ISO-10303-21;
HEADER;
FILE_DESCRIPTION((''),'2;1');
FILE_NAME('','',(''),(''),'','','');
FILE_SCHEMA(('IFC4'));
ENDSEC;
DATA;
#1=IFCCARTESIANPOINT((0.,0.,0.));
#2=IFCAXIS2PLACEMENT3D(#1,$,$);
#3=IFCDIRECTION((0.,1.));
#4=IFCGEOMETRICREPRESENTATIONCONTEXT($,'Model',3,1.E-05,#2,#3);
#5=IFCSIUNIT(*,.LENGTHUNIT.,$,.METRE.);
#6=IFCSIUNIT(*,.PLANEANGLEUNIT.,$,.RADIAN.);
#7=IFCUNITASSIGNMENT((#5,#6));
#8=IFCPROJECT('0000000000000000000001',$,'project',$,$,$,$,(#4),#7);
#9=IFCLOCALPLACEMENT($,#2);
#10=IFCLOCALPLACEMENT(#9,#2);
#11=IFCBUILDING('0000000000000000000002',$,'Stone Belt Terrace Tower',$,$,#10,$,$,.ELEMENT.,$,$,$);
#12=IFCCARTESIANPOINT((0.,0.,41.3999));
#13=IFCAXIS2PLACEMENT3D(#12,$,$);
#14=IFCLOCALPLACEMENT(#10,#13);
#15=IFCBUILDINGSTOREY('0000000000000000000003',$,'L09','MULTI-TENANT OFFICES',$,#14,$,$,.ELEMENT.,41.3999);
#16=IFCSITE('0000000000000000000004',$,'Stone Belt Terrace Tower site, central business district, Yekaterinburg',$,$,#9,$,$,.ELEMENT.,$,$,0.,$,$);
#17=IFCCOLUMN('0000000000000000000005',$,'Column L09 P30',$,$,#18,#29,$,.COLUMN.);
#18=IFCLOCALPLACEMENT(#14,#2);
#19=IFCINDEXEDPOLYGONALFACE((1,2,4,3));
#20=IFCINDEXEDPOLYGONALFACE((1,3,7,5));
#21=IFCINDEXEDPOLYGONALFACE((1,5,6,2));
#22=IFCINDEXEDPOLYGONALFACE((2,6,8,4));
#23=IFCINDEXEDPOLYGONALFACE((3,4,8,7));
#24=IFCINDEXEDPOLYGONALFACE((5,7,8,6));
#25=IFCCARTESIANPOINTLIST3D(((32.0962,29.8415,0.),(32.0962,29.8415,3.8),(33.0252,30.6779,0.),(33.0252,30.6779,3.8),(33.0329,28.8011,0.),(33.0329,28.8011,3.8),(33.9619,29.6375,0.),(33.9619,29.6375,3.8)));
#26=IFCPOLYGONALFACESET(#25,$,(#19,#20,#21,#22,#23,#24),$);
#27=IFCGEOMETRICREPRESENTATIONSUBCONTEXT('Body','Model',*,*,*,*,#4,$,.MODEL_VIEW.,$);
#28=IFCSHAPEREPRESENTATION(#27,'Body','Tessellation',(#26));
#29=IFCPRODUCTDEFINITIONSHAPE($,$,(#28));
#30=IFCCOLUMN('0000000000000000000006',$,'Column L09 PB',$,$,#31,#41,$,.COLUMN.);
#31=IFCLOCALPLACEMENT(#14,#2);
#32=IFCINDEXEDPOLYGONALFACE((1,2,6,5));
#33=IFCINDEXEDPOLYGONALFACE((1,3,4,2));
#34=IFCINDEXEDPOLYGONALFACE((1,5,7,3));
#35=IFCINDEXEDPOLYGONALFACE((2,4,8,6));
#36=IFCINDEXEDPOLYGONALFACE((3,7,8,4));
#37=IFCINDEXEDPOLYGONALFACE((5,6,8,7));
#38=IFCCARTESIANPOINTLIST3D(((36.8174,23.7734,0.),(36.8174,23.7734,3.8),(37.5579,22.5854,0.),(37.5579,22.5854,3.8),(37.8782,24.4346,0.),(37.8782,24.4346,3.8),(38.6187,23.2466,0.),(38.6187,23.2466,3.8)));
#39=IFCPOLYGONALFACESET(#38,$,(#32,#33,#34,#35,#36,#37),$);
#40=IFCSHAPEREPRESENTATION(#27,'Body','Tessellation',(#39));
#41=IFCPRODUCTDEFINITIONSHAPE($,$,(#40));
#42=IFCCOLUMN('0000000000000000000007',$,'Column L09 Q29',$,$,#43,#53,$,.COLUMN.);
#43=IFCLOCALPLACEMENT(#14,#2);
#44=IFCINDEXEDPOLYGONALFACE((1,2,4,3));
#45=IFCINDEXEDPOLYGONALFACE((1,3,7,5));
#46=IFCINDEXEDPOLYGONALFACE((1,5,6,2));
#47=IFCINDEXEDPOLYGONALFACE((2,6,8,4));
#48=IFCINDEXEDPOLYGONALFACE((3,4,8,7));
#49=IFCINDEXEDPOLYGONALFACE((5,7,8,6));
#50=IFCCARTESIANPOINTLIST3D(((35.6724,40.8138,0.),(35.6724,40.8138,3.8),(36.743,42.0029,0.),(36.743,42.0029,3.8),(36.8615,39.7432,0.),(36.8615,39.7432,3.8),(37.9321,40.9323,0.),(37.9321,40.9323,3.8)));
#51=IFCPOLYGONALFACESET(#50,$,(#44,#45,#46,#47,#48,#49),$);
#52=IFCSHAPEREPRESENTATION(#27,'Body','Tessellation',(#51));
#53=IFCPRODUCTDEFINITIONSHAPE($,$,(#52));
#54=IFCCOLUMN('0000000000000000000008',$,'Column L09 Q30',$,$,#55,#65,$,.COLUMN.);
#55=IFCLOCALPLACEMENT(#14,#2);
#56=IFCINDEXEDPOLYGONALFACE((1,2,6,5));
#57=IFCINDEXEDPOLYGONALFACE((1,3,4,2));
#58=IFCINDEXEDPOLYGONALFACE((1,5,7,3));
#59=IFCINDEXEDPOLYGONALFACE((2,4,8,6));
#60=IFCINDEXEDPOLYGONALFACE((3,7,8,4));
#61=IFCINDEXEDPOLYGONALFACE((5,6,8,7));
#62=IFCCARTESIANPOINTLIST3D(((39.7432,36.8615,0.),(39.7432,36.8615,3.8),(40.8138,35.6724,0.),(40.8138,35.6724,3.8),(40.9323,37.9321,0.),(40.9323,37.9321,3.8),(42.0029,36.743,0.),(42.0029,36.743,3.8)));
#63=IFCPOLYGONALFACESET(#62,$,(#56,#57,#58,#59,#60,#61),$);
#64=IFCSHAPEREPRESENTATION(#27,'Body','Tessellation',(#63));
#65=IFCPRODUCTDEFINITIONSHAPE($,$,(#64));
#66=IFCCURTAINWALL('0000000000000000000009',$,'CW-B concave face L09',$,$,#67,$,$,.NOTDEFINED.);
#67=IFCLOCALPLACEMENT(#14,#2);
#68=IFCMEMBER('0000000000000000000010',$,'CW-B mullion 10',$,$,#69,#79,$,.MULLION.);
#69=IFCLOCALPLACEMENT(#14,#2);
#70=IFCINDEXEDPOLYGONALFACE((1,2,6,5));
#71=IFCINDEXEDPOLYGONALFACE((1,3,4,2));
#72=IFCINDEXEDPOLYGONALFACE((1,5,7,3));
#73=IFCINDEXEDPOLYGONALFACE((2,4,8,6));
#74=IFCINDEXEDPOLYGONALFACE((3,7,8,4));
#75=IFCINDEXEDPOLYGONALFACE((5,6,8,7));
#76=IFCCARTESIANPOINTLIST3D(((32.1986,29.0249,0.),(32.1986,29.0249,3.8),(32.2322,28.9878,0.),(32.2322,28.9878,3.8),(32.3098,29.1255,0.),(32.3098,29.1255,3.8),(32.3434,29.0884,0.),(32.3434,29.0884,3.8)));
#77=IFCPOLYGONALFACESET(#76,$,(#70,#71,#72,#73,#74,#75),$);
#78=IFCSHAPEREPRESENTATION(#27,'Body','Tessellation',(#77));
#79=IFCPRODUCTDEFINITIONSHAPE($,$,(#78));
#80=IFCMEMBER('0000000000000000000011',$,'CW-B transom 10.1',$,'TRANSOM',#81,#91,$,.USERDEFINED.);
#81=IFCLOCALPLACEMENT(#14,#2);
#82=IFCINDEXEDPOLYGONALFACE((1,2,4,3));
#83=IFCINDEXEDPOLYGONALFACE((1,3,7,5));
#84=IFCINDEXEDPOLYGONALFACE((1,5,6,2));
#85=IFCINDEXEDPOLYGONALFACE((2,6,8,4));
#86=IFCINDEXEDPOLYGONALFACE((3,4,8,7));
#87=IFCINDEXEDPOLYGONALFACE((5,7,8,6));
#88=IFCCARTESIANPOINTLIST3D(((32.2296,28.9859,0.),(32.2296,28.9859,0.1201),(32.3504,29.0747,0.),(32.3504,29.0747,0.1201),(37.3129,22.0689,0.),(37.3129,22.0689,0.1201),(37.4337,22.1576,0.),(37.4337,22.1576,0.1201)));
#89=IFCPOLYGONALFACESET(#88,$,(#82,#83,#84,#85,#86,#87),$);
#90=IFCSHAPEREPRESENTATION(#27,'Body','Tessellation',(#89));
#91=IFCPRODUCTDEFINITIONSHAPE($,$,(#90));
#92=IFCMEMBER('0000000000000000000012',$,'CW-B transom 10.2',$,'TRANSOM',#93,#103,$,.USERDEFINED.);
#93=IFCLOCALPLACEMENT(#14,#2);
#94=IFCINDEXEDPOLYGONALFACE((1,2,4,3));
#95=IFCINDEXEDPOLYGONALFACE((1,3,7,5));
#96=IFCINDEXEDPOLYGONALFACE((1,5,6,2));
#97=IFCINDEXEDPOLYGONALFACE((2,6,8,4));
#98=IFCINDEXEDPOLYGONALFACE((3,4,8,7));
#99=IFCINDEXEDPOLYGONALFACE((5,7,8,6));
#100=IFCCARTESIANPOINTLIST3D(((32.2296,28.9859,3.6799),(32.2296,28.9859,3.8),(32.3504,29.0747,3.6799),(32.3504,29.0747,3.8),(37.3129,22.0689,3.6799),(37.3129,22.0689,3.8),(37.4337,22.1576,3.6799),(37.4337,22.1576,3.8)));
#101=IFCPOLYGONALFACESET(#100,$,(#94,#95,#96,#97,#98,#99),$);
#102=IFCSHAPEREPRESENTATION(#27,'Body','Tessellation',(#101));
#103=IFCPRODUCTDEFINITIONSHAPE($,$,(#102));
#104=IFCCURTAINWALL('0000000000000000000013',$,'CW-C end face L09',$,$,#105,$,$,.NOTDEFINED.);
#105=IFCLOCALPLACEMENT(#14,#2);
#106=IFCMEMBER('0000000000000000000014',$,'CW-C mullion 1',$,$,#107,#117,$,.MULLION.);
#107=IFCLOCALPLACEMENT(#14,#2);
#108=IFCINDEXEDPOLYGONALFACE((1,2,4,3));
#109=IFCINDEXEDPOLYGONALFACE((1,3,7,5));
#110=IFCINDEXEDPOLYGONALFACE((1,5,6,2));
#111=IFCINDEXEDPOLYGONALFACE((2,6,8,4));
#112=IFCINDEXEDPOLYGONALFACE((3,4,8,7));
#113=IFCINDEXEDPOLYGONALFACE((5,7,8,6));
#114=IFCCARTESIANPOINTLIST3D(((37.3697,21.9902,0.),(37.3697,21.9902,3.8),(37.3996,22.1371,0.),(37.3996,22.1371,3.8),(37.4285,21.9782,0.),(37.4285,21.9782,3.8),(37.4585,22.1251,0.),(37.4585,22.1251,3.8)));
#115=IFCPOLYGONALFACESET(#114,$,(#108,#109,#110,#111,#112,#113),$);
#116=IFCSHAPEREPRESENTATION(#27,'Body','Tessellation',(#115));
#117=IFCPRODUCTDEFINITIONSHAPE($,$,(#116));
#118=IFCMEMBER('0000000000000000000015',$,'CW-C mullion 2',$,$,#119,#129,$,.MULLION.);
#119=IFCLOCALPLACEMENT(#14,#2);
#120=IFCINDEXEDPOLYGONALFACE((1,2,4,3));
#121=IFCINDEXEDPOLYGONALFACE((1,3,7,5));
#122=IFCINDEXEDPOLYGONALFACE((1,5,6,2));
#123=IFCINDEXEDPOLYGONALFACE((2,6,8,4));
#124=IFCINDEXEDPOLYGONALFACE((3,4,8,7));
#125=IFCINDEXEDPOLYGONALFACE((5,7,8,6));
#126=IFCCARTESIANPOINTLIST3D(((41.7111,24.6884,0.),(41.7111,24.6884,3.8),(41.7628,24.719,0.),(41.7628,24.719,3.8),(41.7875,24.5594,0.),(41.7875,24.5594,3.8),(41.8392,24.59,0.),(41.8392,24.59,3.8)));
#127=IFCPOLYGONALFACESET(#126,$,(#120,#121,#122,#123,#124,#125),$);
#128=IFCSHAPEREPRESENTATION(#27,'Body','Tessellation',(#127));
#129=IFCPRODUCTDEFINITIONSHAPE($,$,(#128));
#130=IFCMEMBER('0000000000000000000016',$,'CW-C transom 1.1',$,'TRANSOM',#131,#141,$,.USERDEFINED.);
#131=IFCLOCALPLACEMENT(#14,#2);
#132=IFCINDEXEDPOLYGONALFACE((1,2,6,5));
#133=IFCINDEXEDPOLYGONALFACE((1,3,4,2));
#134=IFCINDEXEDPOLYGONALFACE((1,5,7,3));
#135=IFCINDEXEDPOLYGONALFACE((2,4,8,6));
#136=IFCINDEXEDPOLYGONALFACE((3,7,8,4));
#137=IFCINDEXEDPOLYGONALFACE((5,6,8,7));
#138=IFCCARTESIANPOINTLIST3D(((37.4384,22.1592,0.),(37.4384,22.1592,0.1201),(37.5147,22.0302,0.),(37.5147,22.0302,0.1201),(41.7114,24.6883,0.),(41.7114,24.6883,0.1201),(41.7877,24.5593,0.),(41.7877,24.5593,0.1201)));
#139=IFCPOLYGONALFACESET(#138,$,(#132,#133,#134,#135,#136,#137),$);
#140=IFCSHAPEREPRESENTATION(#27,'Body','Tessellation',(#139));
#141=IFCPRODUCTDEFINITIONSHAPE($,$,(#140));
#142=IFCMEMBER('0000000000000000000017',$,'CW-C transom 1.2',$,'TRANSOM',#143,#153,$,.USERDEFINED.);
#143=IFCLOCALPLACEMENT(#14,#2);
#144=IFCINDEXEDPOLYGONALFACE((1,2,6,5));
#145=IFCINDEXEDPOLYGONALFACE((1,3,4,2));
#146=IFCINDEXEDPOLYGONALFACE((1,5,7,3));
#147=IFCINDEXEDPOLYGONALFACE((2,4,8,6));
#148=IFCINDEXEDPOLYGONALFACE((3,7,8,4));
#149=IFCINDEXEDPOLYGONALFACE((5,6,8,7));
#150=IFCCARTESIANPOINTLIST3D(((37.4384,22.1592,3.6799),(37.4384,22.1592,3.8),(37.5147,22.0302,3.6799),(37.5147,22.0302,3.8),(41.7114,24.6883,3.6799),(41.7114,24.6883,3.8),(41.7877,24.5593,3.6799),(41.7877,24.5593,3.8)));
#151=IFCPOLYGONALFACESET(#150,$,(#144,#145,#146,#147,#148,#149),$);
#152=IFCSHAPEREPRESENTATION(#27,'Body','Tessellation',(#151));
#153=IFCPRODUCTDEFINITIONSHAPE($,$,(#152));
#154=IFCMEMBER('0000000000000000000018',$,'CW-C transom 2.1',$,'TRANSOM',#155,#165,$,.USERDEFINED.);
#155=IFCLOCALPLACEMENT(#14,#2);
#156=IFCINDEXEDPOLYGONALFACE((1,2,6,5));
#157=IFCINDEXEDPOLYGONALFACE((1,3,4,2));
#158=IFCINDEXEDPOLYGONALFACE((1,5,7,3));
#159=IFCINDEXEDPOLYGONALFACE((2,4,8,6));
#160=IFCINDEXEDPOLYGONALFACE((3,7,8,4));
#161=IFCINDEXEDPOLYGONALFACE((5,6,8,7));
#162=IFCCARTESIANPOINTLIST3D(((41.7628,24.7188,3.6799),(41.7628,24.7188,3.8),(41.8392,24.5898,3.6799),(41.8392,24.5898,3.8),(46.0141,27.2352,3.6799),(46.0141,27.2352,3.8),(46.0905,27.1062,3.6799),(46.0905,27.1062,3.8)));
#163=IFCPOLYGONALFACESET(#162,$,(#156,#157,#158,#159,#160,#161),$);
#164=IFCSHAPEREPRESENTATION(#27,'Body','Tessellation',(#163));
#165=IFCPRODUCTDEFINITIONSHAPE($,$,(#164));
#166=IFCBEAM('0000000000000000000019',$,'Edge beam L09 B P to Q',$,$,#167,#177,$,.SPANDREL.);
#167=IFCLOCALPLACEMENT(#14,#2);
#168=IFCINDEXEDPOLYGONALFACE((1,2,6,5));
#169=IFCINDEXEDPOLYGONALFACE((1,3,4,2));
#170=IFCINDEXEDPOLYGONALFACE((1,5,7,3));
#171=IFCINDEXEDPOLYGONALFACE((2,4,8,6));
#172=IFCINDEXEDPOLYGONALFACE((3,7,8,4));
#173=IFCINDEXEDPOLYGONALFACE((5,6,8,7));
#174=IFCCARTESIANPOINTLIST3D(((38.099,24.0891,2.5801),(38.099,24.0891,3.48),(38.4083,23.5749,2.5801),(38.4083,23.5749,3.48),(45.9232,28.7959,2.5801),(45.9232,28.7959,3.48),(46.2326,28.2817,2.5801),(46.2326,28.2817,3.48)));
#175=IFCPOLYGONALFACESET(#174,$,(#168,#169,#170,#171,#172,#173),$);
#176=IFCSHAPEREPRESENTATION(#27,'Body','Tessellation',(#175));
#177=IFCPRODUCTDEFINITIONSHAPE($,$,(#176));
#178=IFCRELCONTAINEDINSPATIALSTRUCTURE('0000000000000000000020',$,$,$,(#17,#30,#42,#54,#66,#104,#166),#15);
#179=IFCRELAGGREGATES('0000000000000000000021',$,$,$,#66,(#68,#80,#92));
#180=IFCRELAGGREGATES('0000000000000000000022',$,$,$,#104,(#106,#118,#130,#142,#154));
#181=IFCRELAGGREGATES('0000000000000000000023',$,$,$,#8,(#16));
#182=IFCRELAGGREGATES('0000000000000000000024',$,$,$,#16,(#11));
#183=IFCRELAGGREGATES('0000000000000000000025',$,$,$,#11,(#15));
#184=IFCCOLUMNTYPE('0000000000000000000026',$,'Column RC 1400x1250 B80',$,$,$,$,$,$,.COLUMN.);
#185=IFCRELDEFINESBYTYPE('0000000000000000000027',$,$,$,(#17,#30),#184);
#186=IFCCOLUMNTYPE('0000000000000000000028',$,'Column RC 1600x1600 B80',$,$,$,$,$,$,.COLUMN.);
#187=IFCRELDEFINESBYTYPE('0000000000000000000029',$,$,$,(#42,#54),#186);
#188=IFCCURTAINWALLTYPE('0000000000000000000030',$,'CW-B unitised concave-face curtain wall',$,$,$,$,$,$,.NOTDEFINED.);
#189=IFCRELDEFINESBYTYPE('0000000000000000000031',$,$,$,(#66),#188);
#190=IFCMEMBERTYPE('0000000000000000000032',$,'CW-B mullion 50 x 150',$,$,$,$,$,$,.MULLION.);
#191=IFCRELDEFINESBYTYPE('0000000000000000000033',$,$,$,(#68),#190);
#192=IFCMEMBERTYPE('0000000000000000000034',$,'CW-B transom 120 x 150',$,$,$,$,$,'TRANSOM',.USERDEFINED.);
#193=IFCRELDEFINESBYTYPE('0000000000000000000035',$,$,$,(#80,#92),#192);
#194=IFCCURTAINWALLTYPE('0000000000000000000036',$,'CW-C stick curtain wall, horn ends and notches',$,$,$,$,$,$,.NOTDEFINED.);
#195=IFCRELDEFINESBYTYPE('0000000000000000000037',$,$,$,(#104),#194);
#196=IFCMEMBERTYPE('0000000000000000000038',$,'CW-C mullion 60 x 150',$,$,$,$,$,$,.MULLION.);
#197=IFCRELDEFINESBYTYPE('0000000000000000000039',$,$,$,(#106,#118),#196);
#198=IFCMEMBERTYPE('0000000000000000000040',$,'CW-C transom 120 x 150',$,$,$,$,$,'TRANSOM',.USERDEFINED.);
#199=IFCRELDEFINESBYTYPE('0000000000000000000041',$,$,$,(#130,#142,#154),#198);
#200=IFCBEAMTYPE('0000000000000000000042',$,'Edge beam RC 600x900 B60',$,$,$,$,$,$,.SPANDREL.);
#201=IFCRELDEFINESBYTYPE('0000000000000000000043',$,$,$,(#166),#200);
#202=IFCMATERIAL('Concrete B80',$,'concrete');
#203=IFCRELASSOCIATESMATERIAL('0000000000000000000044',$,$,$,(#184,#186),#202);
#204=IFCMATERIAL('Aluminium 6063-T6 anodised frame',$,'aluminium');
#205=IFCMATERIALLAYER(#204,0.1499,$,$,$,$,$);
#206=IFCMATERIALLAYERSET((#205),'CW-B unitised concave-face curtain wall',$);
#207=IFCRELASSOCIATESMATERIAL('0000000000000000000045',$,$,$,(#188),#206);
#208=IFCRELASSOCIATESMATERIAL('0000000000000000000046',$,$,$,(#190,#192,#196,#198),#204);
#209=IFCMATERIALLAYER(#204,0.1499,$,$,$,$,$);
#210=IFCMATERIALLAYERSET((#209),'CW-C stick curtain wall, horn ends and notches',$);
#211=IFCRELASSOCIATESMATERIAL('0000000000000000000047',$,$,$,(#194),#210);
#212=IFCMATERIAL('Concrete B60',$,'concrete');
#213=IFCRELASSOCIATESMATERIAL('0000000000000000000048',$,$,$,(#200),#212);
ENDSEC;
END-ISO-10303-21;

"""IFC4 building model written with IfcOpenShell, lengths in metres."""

from ifc_helpers import new_model, si_unit, direction, frame, origin, origin_2d, place, context, subcontext, project, spatial, rectangle, extrude, material, layer, layer_set, material_profile, profile_set, type_object, element, aggregate, save


model = new_model("IFC4")

# Units and contexts
model_context = context("Model", 3, precision=1e-05, world=origin(), true_north=direction((0.0, 1.0)))
body_context = subcontext(model_context, "Body", "Model", "MODEL_VIEW")
ifc_project = project(units=[si_unit("LENGTHUNIT", "METRE"), si_unit("PLANEANGLEUNIT", "RADIAN")], contexts=[model_context])

# Site, building, storey
site_placement = place(None, origin())
site = spatial("IfcSite", under=ifc_project, at=site_placement, Name="Stone Belt Terrace Tower site, central business district, Yekaterinburg", CompositionType="ELEMENT", RefElevation=0.0)
building_placement = place(site_placement, origin())
building = spatial("IfcBuilding", under=site, at=building_placement, Name="Stone Belt Terrace Tower", CompositionType="ELEMENT")
storey_placement = place(building_placement, frame((0.0, 0.0, 41.3999)))
storey = spatial("IfcBuildingStorey", under=building, at=storey_placement, Name="L09", Description="MULTI-TENANT OFFICES", CompositionType="ELEMENT", Elevation=41.3999)

# Columns
ifc_material_1 = material(Name="Concrete B80", Category="concrete")
ifc_material_profile_1 = material_profile(ifc_material_1, rectangle(XDim=1.3999, YDim=1.25, at=origin_2d()), Name="RC 1400x1250")
ifc_profile_set_1 = profile_set([ifc_material_profile_1], Name="Concrete B80")
column_type_1 = type_object("IfcColumnType", Name="Column RC 1400x1250 B80", PredefinedType="COLUMN", material=ifc_profile_set_1)
for number, where, z_axis, x_axis, name in (
    (1, (33.0291, 29.7395, 0.0), (0.0, 0.0, 1.0), (0.669131, -0.743145, 0.0), "Column L09 P30"),
    (2, (37.718, 23.51, 0.0), (0.0, 0.0, 1.0), (0.528967, -0.848642, 0.0), "Column L09 PB"),
):
    element("IfcColumn", number, at=place(storey_placement, frame(where, z_axis=z_axis, x_axis=x_axis)), inside=storey, type_object=column_type_1, Name=name, PredefinedType="COLUMN", context=body_context, shape_type="SweptSolid", body=[
        extrude(rectangle(XDim=1.3999, YDim=1.25, at=origin_2d()), origin(), (0.0, 0.0, 1.0), 3.8),
    ])
ifc_material_profile_2 = material_profile(ifc_material_1, rectangle(XDim=1.6001, YDim=1.6001, at=origin_2d()), Name="RC 1600x1600")
ifc_profile_set_2 = profile_set([ifc_material_profile_2], Name="Concrete B80")
column_type_2 = type_object("IfcColumnType", Name="Column RC 1600x1600 B80", PredefinedType="COLUMN", material=ifc_profile_set_2)
for number, where, z_axis, x_axis, name in (
    (3, (36.8022, 40.873, 0.0), (0.0, 0.0, 1.0), (0.743145, -0.669131, 0.0), "Column L09 Q29"),
    (4, (40.873, 36.8022, 0.0), (0.0, 0.0, 1.0), (0.669131, -0.743145, 0.0), "Column L09 Q30"),
):
    element("IfcColumn", number, at=place(storey_placement, frame(where, z_axis=z_axis, x_axis=x_axis)), inside=storey, type_object=column_type_2, Name=name, PredefinedType="COLUMN", context=body_context, shape_type="SweptSolid", body=[
        extrude(rectangle(XDim=1.6001, YDim=1.6001, at=origin_2d()), origin(), (0.0, 0.0, 1.0), 3.8),
    ])

# Curtain walls, members
ifc_material_2 = material(Name="Aluminium 6063-T6 anodised frame", Category="aluminium")
ifc_layer_1 = layer(ifc_material_2, 0.1499)
ifc_layer_set_1 = layer_set([ifc_layer_1], Name="CW-B unitised concave-face curtain wall")
curtain_wall_type_1 = type_object("IfcCurtainWallType", Name="CW-B unitised concave-face curtain wall", PredefinedType="NOTDEFINED", material=ifc_layer_set_1)
curtain_wall_1_placement = place(storey_placement, origin())
curtain_wall_1 = element("IfcCurtainWall", 5, at=curtain_wall_1_placement, inside=storey, type_object=curtain_wall_type_1, Name="CW-B concave face L09", PredefinedType="NOTDEFINED")
ifc_material_profile_3 = material_profile(ifc_material_2, rectangle(XDim=0.1499, YDim=0.05, at=origin_2d()), Name="Aluminium 6063-T6 50x150")
ifc_profile_set_3 = profile_set([ifc_material_profile_3], Name="Aluminium 6063-T6 anodised frame")
member_type_1 = type_object("IfcMemberType", Name="CW-B mullion 50 x 150", PredefinedType="MULLION", material=ifc_profile_set_3)
member_1_placement = place(storey_placement, frame((32.271, 29.0566, 0.0), z_axis=(0.0, 0.0, 1.0), x_axis=(0.74133, 0.671141, 0.0)))
member_1 = element("IfcMember", 6, at=member_1_placement, type_object=member_type_1, Name="CW-B mullion 10", PredefinedType="MULLION", context=body_context, shape_type="SweptSolid", body=[
    extrude(rectangle(XDim=0.1499, YDim=0.05, at=origin_2d()), origin(), (0.0, 0.0, 1.0), 3.8),
])
ifc_material_profile_4 = material_profile(ifc_material_2, rectangle(XDim=0.1499, YDim=0.1201, at=origin_2d()), Name="Aluminium 6063-T6 150x120")
ifc_profile_set_4 = profile_set([ifc_material_profile_4], Name="Aluminium 6063-T6 anodised frame")
member_type_2 = type_object("IfcMemberType", Name="CW-B transom 120 x 150", ElementType="TRANSOM", PredefinedType="USERDEFINED", material=ifc_profile_set_4)
member_2_placement = place(storey_placement, frame((32.29, 29.0303, 0.0601), z_axis=(0.592181, -0.805805, 0.0), x_axis=(0.805805, 0.592181, 0.0)))
member_2 = element("IfcMember", 7, at=member_2_placement, type_object=member_type_2, Name="CW-B transom 10.1", ObjectType="TRANSOM", PredefinedType="USERDEFINED", context=body_context, shape_type="SweptSolid", body=[
    extrude(rectangle(XDim=0.1499, YDim=0.1201, at=origin_2d()), origin(), (0.0, 0.0, 1.0), 8.584),
])
member_3_placement = place(storey_placement, frame((32.29, 29.0303, 3.74), z_axis=(0.592181, -0.805805, 0.0), x_axis=(0.805805, 0.592181, 0.0)))
member_3 = element("IfcMember", 8, at=member_3_placement, type_object=member_type_2, Name="CW-B transom 10.2", ObjectType="TRANSOM", PredefinedType="USERDEFINED", context=body_context, shape_type="SweptSolid", body=[
    extrude(rectangle(XDim=0.1499, YDim=0.1201, at=origin_2d()), origin(), (0.0, 0.0, 1.0), 8.584),
])
ifc_layer_2 = layer(ifc_material_2, 0.1499)
ifc_layer_set_2 = layer_set([ifc_layer_2], Name="CW-C stick curtain wall, horn ends and notches")
curtain_wall_type_2 = type_object("IfcCurtainWallType", Name="CW-C stick curtain wall, horn ends and notches", PredefinedType="NOTDEFINED", material=ifc_layer_set_2)
curtain_wall_2_placement = place(storey_placement, origin())
curtain_wall_2 = element("IfcCurtainWall", 9, at=curtain_wall_2_placement, inside=storey, type_object=curtain_wall_type_2, Name="CW-C end face L09", PredefinedType="NOTDEFINED")
ifc_material_profile_5 = material_profile(ifc_material_2, rectangle(XDim=0.1499, YDim=0.0601, at=origin_2d()), Name="Aluminium 6063-T6 60x150")
ifc_profile_set_5 = profile_set([ifc_material_profile_5], Name="Aluminium 6063-T6 anodised frame")
member_type_3 = type_object("IfcMemberType", Name="CW-C mullion 60 x 150", PredefinedType="MULLION", material=ifc_profile_set_5)
member_4_placement = place(storey_placement, frame((37.4141, 22.0576, 0.0), z_axis=(0.0, 0.0, 1.0), x_axis=(0.199957, 0.979805, 0.0)))
member_4 = element("IfcMember", 10, at=member_4_placement, type_object=member_type_3, Name="CW-C mullion 1", PredefinedType="MULLION", context=body_context, shape_type="SweptSolid", body=[
    extrude(rectangle(XDim=0.1499, YDim=0.0601, at=origin_2d()), origin(), (0.0, 0.0, 1.0), 3.8),
])
member_5_placement = place(storey_placement, frame((41.7751, 24.6392, 0.0), z_axis=(0.0, 0.0, 1.0), x_axis=(-0.509353, 0.860558, 0.0)))
member_5 = element("IfcMember", 11, at=member_5_placement, type_object=member_type_3, Name="CW-C mullion 2", PredefinedType="MULLION", context=body_context, shape_type="SweptSolid", body=[
    extrude(rectangle(XDim=0.1499, YDim=0.0601, at=origin_2d()), origin(), (0.0, 0.0, 1.0), 3.8),
])
ifc_material_profile_6 = material_profile(ifc_material_2, rectangle(XDim=0.1499, YDim=0.1201, at=origin_2d()), Name="Aluminium 6063-T6 150x120")
ifc_profile_set_6 = profile_set([ifc_material_profile_6], Name="Aluminium 6063-T6 anodised frame")
member_type_4 = type_object("IfcMemberType", Name="CW-C transom 120 x 150", ElementType="TRANSOM", PredefinedType="USERDEFINED", material=ifc_profile_set_6)
member_6_placement = place(storey_placement, frame((37.4766, 22.0947, 0.0601), z_axis=(0.860562, 0.509345, 0.0), x_axis=(-0.509345, 0.860562, 0.0)))
member_6 = element("IfcMember", 12, at=member_6_placement, type_object=member_type_4, Name="CW-C transom 1.1", ObjectType="TRANSOM", PredefinedType="USERDEFINED", context=body_context, shape_type="SweptSolid", body=[
    extrude(rectangle(XDim=0.1499, YDim=0.1201, at=origin_2d()), origin(), (0.0, 0.0, 1.0), 4.9653),
])
member_7_placement = place(storey_placement, frame((37.4766, 22.0947, 3.74), z_axis=(0.860562, 0.509345, 0.0), x_axis=(-0.509345, 0.860562, 0.0)))
member_7 = element("IfcMember", 13, at=member_7_placement, type_object=member_type_4, Name="CW-C transom 1.2", ObjectType="TRANSOM", PredefinedType="USERDEFINED", context=body_context, shape_type="SweptSolid", body=[
    extrude(rectangle(XDim=0.1499, YDim=0.1201, at=origin_2d()), origin(), (0.0, 0.0, 1.0), 4.9653),
])
member_8_placement = place(storey_placement, frame((41.801, 24.6543, 3.74), z_axis=(0.860548, 0.50937, 0.0), x_axis=(-0.50937, 0.860548, 0.0)))
member_8 = element("IfcMember", 14, at=member_8_placement, type_object=member_type_4, Name="CW-C transom 2.1", ObjectType="TRANSOM", PredefinedType="USERDEFINED", context=body_context, shape_type="SweptSolid", body=[
    extrude(rectangle(XDim=0.1499, YDim=0.1201, at=origin_2d()), origin(), (0.0, 0.0, 1.0), 4.9402),
])

# Beam
ifc_material_3 = material(Name="Concrete B60", Category="concrete")
ifc_material_profile_7 = material_profile(ifc_material_3, rectangle(XDim=0.6001, YDim=0.8999, at=origin_2d()), Name="RC 600x900")
ifc_profile_set_7 = profile_set([ifc_material_profile_7], Name="Concrete B60")
beam_type_1 = type_object("IfcBeamType", Name="Edge beam RC 600x900 B60", PredefinedType="SPANDREL", material=ifc_profile_set_7)
beam_1_placement = place(storey_placement, frame((38.2537, 23.832, 3.03), z_axis=(0.8569, 0.515482, 0.0), x_axis=(-0.515482, 0.8569, 0.0)))
element("IfcBeam", 15, at=beam_1_placement, inside=storey, type_object=beam_type_1, Name="Edge beam L09 B P to Q", PredefinedType="SPANDREL", context=body_context, shape_type="SweptSolid", body=[
    extrude(rectangle(XDim=0.6001, YDim=0.8999, at=origin_2d()), origin(), (0.0, 0.0, 1.0), 9.1309),
])

aggregate(curtain_wall_1, [member_1, member_2, member_3])
aggregate(curtain_wall_2, [member_4, member_5, member_6, member_7, member_8])

save(model, "model.ifc")
